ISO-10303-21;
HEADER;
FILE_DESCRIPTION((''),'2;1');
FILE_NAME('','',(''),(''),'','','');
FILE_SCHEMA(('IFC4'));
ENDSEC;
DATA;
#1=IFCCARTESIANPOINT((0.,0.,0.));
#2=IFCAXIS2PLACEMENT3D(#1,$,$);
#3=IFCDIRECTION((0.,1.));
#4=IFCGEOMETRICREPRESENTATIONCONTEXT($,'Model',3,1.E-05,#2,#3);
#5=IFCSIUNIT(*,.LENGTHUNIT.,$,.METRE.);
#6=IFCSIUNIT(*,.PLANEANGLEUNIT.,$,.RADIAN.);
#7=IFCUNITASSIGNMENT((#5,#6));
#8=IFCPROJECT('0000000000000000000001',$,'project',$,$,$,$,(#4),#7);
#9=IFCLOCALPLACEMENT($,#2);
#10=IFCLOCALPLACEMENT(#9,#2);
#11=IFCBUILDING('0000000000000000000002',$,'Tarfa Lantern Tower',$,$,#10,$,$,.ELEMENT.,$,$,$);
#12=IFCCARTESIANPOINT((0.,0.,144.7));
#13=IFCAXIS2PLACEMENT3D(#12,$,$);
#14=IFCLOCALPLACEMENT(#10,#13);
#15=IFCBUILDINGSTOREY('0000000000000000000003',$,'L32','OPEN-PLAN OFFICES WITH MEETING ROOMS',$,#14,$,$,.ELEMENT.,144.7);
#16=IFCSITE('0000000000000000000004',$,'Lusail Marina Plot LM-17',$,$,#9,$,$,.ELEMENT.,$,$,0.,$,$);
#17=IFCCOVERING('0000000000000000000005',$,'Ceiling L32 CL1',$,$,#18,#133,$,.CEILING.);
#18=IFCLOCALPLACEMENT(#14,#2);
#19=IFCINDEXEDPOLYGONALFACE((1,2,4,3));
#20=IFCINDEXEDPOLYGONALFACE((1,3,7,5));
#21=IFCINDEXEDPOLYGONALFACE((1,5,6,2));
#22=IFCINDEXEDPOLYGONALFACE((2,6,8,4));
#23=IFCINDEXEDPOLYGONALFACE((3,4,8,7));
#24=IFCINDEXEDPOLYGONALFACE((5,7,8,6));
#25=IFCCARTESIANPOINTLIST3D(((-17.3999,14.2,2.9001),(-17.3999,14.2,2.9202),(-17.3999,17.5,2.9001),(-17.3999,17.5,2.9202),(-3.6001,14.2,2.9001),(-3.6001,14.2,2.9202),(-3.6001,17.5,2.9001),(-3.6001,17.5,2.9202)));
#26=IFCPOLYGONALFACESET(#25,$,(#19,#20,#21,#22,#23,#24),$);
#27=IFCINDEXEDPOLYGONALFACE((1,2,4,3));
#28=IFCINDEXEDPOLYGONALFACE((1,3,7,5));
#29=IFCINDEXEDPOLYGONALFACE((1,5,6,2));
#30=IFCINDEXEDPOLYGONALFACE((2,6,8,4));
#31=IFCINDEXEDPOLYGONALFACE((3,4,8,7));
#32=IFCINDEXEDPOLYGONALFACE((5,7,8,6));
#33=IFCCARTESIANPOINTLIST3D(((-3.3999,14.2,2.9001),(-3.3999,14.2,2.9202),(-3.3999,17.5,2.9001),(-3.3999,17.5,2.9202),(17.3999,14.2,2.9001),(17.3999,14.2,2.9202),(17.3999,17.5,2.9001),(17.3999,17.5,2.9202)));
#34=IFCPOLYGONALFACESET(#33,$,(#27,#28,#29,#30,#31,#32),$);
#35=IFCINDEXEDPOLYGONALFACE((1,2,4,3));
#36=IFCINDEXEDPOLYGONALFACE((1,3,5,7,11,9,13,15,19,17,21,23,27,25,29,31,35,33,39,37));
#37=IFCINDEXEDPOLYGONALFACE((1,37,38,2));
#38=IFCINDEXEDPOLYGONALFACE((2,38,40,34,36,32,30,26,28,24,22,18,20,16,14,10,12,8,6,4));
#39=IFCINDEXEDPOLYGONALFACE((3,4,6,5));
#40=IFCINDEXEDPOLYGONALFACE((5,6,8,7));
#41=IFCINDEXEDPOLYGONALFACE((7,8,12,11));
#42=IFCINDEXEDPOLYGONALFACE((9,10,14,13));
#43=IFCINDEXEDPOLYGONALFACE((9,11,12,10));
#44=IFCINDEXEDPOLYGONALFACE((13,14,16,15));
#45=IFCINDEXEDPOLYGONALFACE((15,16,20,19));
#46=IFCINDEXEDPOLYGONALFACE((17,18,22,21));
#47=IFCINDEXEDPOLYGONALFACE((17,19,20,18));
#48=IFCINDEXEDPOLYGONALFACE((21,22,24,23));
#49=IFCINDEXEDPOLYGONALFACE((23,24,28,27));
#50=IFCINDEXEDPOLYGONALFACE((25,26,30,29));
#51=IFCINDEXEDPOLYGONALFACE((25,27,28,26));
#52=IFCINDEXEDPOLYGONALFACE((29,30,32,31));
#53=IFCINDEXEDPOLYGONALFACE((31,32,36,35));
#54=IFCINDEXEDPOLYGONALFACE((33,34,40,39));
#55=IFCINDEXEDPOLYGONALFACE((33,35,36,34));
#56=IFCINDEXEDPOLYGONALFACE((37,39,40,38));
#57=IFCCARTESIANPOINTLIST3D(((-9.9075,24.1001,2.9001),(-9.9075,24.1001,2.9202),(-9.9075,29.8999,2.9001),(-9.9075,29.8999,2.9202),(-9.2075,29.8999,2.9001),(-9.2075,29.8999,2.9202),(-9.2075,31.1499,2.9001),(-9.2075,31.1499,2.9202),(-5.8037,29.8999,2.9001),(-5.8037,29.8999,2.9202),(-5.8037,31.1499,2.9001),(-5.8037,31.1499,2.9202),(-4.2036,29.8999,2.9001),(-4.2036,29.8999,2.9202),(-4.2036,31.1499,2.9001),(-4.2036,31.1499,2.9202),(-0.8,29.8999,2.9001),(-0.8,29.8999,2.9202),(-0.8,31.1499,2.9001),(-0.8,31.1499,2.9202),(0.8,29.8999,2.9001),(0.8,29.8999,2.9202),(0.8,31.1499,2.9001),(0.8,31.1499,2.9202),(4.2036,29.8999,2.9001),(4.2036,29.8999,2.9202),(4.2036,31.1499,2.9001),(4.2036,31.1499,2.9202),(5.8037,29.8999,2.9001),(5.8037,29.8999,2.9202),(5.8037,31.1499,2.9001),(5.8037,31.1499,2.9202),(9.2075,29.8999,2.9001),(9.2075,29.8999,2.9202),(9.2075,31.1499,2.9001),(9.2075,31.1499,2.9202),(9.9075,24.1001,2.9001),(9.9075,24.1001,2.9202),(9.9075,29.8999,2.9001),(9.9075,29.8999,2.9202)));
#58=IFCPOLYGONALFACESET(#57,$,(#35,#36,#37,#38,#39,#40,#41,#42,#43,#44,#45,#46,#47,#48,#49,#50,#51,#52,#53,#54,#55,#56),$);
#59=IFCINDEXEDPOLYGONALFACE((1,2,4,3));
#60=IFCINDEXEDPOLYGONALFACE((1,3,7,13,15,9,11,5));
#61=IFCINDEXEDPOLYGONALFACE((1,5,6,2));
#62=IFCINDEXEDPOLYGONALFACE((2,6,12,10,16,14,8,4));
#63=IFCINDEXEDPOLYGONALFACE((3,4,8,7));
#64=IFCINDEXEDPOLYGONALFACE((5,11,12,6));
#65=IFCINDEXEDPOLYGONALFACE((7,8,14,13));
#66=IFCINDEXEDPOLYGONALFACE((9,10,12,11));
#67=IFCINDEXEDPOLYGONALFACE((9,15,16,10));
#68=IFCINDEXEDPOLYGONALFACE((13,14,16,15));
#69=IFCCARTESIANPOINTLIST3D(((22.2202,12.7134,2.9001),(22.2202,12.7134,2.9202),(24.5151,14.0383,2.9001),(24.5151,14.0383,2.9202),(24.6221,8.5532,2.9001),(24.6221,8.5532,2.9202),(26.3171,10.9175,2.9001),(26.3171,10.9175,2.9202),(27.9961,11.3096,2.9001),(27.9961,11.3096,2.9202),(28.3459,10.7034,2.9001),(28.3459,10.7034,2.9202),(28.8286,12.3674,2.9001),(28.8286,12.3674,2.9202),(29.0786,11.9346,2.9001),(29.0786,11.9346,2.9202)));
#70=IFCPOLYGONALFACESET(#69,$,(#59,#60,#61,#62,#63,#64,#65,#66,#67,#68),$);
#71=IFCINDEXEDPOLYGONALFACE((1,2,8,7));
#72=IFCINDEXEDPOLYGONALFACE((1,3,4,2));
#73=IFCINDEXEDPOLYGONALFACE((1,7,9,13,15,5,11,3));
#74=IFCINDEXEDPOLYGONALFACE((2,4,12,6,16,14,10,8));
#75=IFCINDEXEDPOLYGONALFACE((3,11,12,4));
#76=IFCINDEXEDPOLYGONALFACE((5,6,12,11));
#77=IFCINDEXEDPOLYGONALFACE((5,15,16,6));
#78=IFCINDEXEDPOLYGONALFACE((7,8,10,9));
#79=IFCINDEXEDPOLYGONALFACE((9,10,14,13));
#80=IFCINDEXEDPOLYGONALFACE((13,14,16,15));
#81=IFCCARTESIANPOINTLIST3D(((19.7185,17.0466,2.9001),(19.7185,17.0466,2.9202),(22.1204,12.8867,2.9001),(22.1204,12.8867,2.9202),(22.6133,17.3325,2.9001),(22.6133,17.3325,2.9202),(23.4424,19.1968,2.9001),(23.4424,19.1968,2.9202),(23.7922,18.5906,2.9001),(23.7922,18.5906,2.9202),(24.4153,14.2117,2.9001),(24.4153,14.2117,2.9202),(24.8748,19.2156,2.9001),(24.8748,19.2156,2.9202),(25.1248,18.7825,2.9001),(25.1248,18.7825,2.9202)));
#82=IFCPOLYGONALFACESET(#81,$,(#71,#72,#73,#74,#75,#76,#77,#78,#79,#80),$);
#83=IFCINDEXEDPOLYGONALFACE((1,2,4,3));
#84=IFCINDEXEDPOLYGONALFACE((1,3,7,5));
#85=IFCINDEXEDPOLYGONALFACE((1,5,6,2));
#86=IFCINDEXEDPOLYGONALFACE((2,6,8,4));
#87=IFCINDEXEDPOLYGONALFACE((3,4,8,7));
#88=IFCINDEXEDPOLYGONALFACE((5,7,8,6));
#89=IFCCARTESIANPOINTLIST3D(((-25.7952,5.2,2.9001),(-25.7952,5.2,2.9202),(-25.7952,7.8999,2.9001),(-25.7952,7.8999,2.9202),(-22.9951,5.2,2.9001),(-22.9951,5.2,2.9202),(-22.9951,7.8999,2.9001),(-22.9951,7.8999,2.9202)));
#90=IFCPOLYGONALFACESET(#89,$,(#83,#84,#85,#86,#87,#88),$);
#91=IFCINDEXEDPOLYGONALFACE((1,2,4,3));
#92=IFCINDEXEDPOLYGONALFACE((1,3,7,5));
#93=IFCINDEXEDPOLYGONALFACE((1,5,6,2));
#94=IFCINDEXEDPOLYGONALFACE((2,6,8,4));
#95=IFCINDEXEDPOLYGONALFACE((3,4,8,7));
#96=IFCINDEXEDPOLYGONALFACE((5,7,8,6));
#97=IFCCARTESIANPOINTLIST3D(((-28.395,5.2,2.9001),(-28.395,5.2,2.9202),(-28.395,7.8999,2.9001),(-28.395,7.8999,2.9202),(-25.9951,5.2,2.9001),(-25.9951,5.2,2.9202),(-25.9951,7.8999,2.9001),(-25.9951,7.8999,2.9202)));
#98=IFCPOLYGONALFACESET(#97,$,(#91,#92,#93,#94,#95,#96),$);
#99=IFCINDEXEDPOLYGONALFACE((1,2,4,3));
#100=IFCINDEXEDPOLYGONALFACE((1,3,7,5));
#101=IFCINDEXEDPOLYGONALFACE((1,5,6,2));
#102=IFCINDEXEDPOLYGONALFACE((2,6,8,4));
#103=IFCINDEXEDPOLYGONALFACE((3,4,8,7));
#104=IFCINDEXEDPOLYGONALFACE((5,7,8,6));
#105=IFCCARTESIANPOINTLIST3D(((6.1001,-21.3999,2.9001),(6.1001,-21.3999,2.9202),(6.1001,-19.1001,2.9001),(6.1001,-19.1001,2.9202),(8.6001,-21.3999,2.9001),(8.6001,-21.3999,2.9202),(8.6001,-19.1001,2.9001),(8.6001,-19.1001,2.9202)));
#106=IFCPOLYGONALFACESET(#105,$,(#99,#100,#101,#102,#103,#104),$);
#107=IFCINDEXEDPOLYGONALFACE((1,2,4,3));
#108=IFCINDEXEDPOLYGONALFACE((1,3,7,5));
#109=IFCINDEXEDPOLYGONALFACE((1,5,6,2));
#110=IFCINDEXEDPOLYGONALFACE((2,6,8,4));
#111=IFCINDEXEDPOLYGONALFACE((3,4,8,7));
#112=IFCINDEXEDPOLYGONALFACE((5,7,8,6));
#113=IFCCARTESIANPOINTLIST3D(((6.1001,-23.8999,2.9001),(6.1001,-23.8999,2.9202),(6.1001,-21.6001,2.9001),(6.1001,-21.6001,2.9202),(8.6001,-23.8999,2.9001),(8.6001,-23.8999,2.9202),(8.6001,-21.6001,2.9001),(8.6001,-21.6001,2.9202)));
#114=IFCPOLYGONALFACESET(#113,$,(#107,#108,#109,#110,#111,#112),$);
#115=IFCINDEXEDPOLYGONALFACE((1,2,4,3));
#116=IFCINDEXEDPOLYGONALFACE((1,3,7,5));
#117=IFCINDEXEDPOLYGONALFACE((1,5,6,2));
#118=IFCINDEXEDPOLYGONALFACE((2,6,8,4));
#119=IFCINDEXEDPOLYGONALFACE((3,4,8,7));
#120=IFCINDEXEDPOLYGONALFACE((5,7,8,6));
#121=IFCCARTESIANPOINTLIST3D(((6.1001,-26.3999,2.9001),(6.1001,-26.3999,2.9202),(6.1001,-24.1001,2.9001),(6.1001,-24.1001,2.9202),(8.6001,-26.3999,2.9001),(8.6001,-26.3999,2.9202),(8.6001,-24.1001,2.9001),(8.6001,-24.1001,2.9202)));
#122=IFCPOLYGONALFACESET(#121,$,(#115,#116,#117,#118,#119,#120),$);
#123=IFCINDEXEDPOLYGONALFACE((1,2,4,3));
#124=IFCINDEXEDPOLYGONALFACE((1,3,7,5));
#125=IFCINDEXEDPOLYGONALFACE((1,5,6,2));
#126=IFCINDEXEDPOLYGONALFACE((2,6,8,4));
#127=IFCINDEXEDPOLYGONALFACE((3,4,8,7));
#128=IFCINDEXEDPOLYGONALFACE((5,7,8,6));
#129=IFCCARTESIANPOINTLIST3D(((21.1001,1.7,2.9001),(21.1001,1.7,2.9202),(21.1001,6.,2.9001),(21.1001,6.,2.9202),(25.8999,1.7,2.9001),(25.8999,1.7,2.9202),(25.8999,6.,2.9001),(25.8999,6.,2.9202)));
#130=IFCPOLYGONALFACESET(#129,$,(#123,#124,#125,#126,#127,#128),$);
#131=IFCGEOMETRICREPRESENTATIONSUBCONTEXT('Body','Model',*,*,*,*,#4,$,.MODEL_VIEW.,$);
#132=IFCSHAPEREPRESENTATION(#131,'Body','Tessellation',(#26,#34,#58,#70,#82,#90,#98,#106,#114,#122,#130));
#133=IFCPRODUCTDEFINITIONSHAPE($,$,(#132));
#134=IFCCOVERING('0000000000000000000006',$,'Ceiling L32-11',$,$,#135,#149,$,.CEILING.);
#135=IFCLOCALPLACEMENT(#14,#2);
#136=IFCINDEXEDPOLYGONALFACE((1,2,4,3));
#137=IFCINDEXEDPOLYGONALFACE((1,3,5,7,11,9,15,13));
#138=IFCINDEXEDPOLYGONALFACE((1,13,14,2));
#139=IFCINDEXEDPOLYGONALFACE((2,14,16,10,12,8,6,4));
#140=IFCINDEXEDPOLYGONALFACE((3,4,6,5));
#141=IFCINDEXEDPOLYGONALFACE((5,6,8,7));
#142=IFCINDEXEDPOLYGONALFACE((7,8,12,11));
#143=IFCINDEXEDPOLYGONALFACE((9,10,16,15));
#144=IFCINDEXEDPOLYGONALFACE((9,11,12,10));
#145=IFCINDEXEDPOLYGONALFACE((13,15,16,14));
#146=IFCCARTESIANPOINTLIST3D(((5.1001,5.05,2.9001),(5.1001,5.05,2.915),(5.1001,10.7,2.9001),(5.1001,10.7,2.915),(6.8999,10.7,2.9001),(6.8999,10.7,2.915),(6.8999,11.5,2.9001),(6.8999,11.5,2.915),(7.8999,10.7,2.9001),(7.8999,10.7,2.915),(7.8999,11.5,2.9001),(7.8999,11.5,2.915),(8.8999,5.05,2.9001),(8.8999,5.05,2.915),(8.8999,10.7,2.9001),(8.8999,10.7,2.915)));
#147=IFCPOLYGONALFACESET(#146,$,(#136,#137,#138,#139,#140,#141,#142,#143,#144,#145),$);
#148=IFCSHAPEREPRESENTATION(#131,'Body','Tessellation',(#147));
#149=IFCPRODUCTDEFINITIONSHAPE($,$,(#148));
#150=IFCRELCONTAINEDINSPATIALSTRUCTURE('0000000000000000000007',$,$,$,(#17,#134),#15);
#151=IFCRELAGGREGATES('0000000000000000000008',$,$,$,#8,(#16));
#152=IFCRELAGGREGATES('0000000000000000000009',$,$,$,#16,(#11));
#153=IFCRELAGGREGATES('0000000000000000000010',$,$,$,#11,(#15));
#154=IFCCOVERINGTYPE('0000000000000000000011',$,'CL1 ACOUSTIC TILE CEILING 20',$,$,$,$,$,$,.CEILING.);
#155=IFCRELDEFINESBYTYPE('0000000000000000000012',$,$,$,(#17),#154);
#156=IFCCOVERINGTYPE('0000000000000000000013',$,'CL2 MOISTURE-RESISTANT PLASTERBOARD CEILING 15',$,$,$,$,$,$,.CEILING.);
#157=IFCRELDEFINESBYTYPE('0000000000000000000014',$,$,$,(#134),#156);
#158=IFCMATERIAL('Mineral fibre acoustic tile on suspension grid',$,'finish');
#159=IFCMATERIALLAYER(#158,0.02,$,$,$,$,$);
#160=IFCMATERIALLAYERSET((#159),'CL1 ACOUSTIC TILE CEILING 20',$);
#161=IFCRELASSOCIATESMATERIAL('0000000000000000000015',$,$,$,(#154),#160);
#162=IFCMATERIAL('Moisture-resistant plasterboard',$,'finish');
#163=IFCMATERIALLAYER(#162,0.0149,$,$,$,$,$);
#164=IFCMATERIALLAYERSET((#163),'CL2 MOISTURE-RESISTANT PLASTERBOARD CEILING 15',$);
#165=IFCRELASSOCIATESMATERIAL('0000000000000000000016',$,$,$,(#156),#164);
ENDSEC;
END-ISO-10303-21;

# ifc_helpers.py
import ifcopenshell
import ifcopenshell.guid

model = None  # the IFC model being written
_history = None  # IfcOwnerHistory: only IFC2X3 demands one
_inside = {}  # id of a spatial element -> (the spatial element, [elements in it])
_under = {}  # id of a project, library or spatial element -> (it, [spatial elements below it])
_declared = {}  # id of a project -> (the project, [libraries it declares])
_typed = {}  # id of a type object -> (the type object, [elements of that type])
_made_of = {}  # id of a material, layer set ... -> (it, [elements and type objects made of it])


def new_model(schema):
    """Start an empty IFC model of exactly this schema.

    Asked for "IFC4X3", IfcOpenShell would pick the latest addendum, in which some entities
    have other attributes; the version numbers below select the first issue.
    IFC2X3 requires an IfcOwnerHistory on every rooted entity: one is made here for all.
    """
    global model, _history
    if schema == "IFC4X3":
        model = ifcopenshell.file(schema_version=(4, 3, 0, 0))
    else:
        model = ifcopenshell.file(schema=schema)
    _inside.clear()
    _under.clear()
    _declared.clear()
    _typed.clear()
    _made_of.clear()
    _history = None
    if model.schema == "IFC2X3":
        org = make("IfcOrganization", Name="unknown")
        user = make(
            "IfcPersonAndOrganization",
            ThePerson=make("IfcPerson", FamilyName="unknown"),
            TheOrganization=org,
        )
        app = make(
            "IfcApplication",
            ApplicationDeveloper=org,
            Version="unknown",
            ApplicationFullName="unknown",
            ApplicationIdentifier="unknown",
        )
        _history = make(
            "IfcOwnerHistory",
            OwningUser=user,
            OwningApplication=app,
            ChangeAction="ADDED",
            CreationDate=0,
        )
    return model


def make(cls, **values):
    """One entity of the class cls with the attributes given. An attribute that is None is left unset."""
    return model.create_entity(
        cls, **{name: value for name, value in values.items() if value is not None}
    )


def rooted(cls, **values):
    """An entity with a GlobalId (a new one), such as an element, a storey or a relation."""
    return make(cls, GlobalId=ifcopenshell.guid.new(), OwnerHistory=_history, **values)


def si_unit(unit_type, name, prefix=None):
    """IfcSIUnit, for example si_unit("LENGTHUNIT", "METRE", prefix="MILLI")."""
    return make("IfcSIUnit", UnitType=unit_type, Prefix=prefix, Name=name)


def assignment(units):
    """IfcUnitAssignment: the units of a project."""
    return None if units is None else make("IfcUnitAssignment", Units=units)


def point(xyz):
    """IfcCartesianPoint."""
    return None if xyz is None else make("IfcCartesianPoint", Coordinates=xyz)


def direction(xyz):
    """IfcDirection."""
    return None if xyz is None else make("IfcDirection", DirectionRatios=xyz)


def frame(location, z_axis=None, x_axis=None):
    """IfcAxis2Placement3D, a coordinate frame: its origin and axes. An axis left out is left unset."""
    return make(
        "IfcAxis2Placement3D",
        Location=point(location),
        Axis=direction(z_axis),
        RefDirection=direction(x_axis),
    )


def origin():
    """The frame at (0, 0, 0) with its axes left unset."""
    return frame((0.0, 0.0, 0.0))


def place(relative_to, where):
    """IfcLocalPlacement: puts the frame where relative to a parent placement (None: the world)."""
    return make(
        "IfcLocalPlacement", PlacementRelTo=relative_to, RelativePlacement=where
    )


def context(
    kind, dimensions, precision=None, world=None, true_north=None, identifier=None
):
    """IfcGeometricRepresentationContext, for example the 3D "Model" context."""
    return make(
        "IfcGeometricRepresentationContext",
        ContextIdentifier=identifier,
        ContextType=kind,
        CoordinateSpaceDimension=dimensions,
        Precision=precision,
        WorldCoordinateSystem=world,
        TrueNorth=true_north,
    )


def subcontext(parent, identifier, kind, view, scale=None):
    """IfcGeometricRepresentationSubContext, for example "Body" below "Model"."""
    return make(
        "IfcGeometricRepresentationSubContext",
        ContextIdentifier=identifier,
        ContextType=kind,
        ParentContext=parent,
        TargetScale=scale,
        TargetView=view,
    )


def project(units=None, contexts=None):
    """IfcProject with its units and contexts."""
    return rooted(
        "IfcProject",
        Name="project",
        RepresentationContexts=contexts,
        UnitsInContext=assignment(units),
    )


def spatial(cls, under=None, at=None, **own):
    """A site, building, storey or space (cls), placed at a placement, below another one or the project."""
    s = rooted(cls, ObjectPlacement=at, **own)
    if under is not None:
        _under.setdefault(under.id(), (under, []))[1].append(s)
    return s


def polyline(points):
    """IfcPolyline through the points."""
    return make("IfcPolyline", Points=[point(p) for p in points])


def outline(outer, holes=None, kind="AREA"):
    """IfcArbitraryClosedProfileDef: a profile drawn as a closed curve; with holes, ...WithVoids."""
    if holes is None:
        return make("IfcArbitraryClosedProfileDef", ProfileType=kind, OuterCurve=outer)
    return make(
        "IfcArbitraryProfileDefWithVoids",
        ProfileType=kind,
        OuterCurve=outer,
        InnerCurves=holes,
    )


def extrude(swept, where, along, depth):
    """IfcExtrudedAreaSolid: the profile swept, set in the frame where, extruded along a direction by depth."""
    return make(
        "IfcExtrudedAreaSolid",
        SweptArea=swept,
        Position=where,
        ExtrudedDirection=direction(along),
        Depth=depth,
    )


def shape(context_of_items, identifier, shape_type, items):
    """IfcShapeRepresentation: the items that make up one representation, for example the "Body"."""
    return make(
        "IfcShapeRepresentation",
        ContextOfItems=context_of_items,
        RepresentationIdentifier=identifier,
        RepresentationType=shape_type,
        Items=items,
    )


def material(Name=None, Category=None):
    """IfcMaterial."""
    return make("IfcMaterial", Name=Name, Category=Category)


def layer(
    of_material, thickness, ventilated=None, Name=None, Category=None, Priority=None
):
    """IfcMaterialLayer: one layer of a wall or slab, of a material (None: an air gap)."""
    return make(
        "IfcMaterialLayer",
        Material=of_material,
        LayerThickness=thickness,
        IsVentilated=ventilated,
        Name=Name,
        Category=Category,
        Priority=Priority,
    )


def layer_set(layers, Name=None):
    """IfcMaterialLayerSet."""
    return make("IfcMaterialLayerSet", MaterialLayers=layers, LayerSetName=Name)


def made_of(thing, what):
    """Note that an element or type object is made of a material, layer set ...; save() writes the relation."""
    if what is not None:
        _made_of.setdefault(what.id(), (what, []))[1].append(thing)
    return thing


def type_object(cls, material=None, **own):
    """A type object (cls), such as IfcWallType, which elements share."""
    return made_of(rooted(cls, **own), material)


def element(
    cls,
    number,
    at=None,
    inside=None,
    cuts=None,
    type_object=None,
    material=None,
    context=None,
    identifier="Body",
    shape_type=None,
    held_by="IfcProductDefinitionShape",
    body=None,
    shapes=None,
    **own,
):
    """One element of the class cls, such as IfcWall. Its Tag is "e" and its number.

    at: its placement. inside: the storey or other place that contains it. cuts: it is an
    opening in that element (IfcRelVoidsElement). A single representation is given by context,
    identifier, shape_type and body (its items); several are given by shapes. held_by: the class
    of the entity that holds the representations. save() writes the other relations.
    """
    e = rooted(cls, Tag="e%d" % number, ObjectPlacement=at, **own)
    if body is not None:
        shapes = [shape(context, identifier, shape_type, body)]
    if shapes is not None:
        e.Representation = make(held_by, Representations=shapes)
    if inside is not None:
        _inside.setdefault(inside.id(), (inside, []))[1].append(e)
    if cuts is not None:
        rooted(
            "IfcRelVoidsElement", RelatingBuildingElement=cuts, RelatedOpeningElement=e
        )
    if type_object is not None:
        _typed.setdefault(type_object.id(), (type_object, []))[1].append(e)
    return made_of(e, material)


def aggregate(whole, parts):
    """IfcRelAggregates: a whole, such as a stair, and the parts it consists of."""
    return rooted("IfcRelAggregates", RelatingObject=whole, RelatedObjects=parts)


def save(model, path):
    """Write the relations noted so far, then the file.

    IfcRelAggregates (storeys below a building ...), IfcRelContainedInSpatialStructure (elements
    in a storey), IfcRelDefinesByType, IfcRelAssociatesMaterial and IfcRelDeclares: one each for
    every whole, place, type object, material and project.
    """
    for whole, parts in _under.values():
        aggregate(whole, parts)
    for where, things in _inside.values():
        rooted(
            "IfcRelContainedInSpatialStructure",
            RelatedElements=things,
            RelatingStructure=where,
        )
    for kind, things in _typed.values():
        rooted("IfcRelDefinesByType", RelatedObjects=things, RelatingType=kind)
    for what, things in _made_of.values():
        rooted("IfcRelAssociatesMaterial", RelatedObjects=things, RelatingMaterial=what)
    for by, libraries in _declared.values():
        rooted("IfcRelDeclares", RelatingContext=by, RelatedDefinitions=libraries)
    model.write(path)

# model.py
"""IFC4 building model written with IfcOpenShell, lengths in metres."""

from ifc_helpers import new_model, si_unit, direction, frame, origin, place, context, subcontext, project, spatial, polyline, outline, extrude, material, layer, layer_set, type_object, element, save


model = new_model("IFC4")

# Units and contexts
model_context = context("Model", 3, precision=1e-05, world=origin(), true_north=direction((0.0, 1.0)))
body_context = subcontext(model_context, "Body", "Model", "MODEL_VIEW")
ifc_project = project(units=[si_unit("LENGTHUNIT", "METRE"), si_unit("PLANEANGLEUNIT", "RADIAN")], contexts=[model_context])

# Site, building, storey
site_placement = place(None, origin())
site = spatial("IfcSite", under=ifc_project, at=site_placement, Name="Lusail Marina Plot LM-17", CompositionType="ELEMENT", RefElevation=0.0)
building_placement = place(site_placement, origin())
building = spatial("IfcBuilding", under=site, at=building_placement, Name="Tarfa Lantern Tower", CompositionType="ELEMENT")
storey_placement = place(building_placement, frame((0.0, 0.0, 144.7)))
storey = spatial("IfcBuildingStorey", under=building, at=storey_placement, Name="L32", Description="OPEN-PLAN OFFICES WITH MEETING ROOMS", CompositionType="ELEMENT", Elevation=144.7)

# Coverings
ifc_material_1 = material(Name="Mineral fibre acoustic tile on suspension grid", Category="finish")
ifc_layer_1 = layer(ifc_material_1, 0.02)
ifc_layer_set_1 = layer_set([ifc_layer_1], Name="CL1 ACOUSTIC TILE CEILING 20")
covering_type_1 = type_object("IfcCoveringType", Name="CL1 ACOUSTIC TILE CEILING 20", PredefinedType="CEILING", material=ifc_layer_set_1)
covering_1_placement = place(storey_placement, frame((0.0, 0.0, 2.9001)))
element("IfcCovering", 1, at=covering_1_placement, inside=storey, type_object=covering_type_1, Name="Ceiling L32 CL1", PredefinedType="CEILING", context=body_context, shape_type="SweptSolid", body=[
    extrude(outline(polyline([(-17.3999, 17.5), (-3.6001, 17.5), (-3.6001, 14.2), (-17.3999, 14.2), (-17.3999, 17.5)])), origin(), (0.0, 0.0, 1.0), 0.02),
    extrude(outline(polyline([(-3.3999, 17.5), (17.3999, 17.5), (17.3999, 14.2), (-3.3999, 14.2), (-3.3999, 17.5)])), origin(), (0.0, 0.0, 1.0), 0.02),
    extrude(outline(polyline([(9.9075, 24.1001), (-9.9075, 24.1001), (-9.9075, 29.8999), (-9.2075, 29.8999), (-9.2075, 31.1499), (-5.8037, 31.1499), (-5.8037, 29.8999), (-4.2036, 29.8999), (-4.2036, 31.1499), (-0.8, 31.1499), (-0.8, 29.8999), (0.8, 29.8999), (0.8, 31.1499), (4.2036, 31.1499), (4.2036, 29.8999), (5.8037, 29.8999), (5.8037, 31.1499), (9.2075, 31.1499), (9.2075, 29.8999), (9.9075, 29.8999), (9.9075, 24.1001)])), origin(), (0.0, 0.0, 1.0), 0.02),
    extrude(outline(polyline([(24.6221, 8.5532), (22.2202, 12.7134), (24.5151, 14.0383), (26.3171, 10.9175), (28.8286, 12.3674), (29.0786, 11.9346), (27.9961, 11.3096), (28.3459, 10.7034), (24.6221, 8.5532)])), origin(), (0.0, 0.0, 1.0), 0.02),
    extrude(outline(polyline([(19.7185, 17.0466), (23.4424, 19.1968), (23.7922, 18.5906), (24.8748, 19.2156), (25.1248, 18.7825), (22.6133, 17.3325), (24.4153, 14.2117), (22.1204, 12.8867), (19.7185, 17.0466)])), origin(), (0.0, 0.0, 1.0), 0.02),
    extrude(outline(polyline([(-25.7952, 5.2), (-25.7952, 7.8999), (-22.9951, 7.8999), (-22.9951, 5.2), (-25.7952, 5.2)])), origin(), (0.0, 0.0, 1.0), 0.02),
    extrude(outline(polyline([(-28.395, 5.2), (-28.395, 7.8999), (-25.9951, 7.8999), (-25.9951, 5.2), (-28.395, 5.2)])), origin(), (0.0, 0.0, 1.0), 0.02),
    extrude(outline(polyline([(6.1001, -21.3999), (6.1001, -19.1001), (8.6001, -19.1001), (8.6001, -21.3999), (6.1001, -21.3999)])), origin(), (0.0, 0.0, 1.0), 0.02),
    extrude(outline(polyline([(6.1001, -23.8999), (6.1001, -21.6001), (8.6001, -21.6001), (8.6001, -23.8999), (6.1001, -23.8999)])), origin(), (0.0, 0.0, 1.0), 0.02),
    extrude(outline(polyline([(6.1001, -26.3999), (6.1001, -24.1001), (8.6001, -24.1001), (8.6001, -26.3999), (6.1001, -26.3999)])), origin(), (0.0, 0.0, 1.0), 0.02),
    extrude(outline(polyline([(21.1001, 6.0), (25.8999, 6.0), (25.8999, 1.7), (21.1001, 1.7), (21.1001, 6.0)])), origin(), (0.0, 0.0, 1.0), 0.02),
])
ifc_material_2 = material(Name="Moisture-resistant plasterboard", Category="finish")
ifc_layer_2 = layer(ifc_material_2, 0.0149)
ifc_layer_set_2 = layer_set([ifc_layer_2], Name="CL2 MOISTURE-RESISTANT PLASTERBOARD CEILING 15")
covering_type_2 = type_object("IfcCoveringType", Name="CL2 MOISTURE-RESISTANT PLASTERBOARD CEILING 15", PredefinedType="CEILING", material=ifc_layer_set_2)
covering_2_placement = place(storey_placement, frame((0.0, 0.0, 2.9001)))
element("IfcCovering", 2, at=covering_2_placement, inside=storey, type_object=covering_type_2, Name="Ceiling L32-11", PredefinedType="CEILING", context=body_context, shape_type="SweptSolid", body=[
    extrude(outline(polyline([(5.1001, 5.05), (8.8999, 5.05), (8.8999, 10.7), (7.8999, 10.7), (7.8999, 11.5), (6.8999, 11.5), (6.8999, 10.7), (5.1001, 10.7), (5.1001, 5.05)])), origin(), (0.0, 0.0, 1.0), 0.0149),
])

save(model, "model.ifc")
